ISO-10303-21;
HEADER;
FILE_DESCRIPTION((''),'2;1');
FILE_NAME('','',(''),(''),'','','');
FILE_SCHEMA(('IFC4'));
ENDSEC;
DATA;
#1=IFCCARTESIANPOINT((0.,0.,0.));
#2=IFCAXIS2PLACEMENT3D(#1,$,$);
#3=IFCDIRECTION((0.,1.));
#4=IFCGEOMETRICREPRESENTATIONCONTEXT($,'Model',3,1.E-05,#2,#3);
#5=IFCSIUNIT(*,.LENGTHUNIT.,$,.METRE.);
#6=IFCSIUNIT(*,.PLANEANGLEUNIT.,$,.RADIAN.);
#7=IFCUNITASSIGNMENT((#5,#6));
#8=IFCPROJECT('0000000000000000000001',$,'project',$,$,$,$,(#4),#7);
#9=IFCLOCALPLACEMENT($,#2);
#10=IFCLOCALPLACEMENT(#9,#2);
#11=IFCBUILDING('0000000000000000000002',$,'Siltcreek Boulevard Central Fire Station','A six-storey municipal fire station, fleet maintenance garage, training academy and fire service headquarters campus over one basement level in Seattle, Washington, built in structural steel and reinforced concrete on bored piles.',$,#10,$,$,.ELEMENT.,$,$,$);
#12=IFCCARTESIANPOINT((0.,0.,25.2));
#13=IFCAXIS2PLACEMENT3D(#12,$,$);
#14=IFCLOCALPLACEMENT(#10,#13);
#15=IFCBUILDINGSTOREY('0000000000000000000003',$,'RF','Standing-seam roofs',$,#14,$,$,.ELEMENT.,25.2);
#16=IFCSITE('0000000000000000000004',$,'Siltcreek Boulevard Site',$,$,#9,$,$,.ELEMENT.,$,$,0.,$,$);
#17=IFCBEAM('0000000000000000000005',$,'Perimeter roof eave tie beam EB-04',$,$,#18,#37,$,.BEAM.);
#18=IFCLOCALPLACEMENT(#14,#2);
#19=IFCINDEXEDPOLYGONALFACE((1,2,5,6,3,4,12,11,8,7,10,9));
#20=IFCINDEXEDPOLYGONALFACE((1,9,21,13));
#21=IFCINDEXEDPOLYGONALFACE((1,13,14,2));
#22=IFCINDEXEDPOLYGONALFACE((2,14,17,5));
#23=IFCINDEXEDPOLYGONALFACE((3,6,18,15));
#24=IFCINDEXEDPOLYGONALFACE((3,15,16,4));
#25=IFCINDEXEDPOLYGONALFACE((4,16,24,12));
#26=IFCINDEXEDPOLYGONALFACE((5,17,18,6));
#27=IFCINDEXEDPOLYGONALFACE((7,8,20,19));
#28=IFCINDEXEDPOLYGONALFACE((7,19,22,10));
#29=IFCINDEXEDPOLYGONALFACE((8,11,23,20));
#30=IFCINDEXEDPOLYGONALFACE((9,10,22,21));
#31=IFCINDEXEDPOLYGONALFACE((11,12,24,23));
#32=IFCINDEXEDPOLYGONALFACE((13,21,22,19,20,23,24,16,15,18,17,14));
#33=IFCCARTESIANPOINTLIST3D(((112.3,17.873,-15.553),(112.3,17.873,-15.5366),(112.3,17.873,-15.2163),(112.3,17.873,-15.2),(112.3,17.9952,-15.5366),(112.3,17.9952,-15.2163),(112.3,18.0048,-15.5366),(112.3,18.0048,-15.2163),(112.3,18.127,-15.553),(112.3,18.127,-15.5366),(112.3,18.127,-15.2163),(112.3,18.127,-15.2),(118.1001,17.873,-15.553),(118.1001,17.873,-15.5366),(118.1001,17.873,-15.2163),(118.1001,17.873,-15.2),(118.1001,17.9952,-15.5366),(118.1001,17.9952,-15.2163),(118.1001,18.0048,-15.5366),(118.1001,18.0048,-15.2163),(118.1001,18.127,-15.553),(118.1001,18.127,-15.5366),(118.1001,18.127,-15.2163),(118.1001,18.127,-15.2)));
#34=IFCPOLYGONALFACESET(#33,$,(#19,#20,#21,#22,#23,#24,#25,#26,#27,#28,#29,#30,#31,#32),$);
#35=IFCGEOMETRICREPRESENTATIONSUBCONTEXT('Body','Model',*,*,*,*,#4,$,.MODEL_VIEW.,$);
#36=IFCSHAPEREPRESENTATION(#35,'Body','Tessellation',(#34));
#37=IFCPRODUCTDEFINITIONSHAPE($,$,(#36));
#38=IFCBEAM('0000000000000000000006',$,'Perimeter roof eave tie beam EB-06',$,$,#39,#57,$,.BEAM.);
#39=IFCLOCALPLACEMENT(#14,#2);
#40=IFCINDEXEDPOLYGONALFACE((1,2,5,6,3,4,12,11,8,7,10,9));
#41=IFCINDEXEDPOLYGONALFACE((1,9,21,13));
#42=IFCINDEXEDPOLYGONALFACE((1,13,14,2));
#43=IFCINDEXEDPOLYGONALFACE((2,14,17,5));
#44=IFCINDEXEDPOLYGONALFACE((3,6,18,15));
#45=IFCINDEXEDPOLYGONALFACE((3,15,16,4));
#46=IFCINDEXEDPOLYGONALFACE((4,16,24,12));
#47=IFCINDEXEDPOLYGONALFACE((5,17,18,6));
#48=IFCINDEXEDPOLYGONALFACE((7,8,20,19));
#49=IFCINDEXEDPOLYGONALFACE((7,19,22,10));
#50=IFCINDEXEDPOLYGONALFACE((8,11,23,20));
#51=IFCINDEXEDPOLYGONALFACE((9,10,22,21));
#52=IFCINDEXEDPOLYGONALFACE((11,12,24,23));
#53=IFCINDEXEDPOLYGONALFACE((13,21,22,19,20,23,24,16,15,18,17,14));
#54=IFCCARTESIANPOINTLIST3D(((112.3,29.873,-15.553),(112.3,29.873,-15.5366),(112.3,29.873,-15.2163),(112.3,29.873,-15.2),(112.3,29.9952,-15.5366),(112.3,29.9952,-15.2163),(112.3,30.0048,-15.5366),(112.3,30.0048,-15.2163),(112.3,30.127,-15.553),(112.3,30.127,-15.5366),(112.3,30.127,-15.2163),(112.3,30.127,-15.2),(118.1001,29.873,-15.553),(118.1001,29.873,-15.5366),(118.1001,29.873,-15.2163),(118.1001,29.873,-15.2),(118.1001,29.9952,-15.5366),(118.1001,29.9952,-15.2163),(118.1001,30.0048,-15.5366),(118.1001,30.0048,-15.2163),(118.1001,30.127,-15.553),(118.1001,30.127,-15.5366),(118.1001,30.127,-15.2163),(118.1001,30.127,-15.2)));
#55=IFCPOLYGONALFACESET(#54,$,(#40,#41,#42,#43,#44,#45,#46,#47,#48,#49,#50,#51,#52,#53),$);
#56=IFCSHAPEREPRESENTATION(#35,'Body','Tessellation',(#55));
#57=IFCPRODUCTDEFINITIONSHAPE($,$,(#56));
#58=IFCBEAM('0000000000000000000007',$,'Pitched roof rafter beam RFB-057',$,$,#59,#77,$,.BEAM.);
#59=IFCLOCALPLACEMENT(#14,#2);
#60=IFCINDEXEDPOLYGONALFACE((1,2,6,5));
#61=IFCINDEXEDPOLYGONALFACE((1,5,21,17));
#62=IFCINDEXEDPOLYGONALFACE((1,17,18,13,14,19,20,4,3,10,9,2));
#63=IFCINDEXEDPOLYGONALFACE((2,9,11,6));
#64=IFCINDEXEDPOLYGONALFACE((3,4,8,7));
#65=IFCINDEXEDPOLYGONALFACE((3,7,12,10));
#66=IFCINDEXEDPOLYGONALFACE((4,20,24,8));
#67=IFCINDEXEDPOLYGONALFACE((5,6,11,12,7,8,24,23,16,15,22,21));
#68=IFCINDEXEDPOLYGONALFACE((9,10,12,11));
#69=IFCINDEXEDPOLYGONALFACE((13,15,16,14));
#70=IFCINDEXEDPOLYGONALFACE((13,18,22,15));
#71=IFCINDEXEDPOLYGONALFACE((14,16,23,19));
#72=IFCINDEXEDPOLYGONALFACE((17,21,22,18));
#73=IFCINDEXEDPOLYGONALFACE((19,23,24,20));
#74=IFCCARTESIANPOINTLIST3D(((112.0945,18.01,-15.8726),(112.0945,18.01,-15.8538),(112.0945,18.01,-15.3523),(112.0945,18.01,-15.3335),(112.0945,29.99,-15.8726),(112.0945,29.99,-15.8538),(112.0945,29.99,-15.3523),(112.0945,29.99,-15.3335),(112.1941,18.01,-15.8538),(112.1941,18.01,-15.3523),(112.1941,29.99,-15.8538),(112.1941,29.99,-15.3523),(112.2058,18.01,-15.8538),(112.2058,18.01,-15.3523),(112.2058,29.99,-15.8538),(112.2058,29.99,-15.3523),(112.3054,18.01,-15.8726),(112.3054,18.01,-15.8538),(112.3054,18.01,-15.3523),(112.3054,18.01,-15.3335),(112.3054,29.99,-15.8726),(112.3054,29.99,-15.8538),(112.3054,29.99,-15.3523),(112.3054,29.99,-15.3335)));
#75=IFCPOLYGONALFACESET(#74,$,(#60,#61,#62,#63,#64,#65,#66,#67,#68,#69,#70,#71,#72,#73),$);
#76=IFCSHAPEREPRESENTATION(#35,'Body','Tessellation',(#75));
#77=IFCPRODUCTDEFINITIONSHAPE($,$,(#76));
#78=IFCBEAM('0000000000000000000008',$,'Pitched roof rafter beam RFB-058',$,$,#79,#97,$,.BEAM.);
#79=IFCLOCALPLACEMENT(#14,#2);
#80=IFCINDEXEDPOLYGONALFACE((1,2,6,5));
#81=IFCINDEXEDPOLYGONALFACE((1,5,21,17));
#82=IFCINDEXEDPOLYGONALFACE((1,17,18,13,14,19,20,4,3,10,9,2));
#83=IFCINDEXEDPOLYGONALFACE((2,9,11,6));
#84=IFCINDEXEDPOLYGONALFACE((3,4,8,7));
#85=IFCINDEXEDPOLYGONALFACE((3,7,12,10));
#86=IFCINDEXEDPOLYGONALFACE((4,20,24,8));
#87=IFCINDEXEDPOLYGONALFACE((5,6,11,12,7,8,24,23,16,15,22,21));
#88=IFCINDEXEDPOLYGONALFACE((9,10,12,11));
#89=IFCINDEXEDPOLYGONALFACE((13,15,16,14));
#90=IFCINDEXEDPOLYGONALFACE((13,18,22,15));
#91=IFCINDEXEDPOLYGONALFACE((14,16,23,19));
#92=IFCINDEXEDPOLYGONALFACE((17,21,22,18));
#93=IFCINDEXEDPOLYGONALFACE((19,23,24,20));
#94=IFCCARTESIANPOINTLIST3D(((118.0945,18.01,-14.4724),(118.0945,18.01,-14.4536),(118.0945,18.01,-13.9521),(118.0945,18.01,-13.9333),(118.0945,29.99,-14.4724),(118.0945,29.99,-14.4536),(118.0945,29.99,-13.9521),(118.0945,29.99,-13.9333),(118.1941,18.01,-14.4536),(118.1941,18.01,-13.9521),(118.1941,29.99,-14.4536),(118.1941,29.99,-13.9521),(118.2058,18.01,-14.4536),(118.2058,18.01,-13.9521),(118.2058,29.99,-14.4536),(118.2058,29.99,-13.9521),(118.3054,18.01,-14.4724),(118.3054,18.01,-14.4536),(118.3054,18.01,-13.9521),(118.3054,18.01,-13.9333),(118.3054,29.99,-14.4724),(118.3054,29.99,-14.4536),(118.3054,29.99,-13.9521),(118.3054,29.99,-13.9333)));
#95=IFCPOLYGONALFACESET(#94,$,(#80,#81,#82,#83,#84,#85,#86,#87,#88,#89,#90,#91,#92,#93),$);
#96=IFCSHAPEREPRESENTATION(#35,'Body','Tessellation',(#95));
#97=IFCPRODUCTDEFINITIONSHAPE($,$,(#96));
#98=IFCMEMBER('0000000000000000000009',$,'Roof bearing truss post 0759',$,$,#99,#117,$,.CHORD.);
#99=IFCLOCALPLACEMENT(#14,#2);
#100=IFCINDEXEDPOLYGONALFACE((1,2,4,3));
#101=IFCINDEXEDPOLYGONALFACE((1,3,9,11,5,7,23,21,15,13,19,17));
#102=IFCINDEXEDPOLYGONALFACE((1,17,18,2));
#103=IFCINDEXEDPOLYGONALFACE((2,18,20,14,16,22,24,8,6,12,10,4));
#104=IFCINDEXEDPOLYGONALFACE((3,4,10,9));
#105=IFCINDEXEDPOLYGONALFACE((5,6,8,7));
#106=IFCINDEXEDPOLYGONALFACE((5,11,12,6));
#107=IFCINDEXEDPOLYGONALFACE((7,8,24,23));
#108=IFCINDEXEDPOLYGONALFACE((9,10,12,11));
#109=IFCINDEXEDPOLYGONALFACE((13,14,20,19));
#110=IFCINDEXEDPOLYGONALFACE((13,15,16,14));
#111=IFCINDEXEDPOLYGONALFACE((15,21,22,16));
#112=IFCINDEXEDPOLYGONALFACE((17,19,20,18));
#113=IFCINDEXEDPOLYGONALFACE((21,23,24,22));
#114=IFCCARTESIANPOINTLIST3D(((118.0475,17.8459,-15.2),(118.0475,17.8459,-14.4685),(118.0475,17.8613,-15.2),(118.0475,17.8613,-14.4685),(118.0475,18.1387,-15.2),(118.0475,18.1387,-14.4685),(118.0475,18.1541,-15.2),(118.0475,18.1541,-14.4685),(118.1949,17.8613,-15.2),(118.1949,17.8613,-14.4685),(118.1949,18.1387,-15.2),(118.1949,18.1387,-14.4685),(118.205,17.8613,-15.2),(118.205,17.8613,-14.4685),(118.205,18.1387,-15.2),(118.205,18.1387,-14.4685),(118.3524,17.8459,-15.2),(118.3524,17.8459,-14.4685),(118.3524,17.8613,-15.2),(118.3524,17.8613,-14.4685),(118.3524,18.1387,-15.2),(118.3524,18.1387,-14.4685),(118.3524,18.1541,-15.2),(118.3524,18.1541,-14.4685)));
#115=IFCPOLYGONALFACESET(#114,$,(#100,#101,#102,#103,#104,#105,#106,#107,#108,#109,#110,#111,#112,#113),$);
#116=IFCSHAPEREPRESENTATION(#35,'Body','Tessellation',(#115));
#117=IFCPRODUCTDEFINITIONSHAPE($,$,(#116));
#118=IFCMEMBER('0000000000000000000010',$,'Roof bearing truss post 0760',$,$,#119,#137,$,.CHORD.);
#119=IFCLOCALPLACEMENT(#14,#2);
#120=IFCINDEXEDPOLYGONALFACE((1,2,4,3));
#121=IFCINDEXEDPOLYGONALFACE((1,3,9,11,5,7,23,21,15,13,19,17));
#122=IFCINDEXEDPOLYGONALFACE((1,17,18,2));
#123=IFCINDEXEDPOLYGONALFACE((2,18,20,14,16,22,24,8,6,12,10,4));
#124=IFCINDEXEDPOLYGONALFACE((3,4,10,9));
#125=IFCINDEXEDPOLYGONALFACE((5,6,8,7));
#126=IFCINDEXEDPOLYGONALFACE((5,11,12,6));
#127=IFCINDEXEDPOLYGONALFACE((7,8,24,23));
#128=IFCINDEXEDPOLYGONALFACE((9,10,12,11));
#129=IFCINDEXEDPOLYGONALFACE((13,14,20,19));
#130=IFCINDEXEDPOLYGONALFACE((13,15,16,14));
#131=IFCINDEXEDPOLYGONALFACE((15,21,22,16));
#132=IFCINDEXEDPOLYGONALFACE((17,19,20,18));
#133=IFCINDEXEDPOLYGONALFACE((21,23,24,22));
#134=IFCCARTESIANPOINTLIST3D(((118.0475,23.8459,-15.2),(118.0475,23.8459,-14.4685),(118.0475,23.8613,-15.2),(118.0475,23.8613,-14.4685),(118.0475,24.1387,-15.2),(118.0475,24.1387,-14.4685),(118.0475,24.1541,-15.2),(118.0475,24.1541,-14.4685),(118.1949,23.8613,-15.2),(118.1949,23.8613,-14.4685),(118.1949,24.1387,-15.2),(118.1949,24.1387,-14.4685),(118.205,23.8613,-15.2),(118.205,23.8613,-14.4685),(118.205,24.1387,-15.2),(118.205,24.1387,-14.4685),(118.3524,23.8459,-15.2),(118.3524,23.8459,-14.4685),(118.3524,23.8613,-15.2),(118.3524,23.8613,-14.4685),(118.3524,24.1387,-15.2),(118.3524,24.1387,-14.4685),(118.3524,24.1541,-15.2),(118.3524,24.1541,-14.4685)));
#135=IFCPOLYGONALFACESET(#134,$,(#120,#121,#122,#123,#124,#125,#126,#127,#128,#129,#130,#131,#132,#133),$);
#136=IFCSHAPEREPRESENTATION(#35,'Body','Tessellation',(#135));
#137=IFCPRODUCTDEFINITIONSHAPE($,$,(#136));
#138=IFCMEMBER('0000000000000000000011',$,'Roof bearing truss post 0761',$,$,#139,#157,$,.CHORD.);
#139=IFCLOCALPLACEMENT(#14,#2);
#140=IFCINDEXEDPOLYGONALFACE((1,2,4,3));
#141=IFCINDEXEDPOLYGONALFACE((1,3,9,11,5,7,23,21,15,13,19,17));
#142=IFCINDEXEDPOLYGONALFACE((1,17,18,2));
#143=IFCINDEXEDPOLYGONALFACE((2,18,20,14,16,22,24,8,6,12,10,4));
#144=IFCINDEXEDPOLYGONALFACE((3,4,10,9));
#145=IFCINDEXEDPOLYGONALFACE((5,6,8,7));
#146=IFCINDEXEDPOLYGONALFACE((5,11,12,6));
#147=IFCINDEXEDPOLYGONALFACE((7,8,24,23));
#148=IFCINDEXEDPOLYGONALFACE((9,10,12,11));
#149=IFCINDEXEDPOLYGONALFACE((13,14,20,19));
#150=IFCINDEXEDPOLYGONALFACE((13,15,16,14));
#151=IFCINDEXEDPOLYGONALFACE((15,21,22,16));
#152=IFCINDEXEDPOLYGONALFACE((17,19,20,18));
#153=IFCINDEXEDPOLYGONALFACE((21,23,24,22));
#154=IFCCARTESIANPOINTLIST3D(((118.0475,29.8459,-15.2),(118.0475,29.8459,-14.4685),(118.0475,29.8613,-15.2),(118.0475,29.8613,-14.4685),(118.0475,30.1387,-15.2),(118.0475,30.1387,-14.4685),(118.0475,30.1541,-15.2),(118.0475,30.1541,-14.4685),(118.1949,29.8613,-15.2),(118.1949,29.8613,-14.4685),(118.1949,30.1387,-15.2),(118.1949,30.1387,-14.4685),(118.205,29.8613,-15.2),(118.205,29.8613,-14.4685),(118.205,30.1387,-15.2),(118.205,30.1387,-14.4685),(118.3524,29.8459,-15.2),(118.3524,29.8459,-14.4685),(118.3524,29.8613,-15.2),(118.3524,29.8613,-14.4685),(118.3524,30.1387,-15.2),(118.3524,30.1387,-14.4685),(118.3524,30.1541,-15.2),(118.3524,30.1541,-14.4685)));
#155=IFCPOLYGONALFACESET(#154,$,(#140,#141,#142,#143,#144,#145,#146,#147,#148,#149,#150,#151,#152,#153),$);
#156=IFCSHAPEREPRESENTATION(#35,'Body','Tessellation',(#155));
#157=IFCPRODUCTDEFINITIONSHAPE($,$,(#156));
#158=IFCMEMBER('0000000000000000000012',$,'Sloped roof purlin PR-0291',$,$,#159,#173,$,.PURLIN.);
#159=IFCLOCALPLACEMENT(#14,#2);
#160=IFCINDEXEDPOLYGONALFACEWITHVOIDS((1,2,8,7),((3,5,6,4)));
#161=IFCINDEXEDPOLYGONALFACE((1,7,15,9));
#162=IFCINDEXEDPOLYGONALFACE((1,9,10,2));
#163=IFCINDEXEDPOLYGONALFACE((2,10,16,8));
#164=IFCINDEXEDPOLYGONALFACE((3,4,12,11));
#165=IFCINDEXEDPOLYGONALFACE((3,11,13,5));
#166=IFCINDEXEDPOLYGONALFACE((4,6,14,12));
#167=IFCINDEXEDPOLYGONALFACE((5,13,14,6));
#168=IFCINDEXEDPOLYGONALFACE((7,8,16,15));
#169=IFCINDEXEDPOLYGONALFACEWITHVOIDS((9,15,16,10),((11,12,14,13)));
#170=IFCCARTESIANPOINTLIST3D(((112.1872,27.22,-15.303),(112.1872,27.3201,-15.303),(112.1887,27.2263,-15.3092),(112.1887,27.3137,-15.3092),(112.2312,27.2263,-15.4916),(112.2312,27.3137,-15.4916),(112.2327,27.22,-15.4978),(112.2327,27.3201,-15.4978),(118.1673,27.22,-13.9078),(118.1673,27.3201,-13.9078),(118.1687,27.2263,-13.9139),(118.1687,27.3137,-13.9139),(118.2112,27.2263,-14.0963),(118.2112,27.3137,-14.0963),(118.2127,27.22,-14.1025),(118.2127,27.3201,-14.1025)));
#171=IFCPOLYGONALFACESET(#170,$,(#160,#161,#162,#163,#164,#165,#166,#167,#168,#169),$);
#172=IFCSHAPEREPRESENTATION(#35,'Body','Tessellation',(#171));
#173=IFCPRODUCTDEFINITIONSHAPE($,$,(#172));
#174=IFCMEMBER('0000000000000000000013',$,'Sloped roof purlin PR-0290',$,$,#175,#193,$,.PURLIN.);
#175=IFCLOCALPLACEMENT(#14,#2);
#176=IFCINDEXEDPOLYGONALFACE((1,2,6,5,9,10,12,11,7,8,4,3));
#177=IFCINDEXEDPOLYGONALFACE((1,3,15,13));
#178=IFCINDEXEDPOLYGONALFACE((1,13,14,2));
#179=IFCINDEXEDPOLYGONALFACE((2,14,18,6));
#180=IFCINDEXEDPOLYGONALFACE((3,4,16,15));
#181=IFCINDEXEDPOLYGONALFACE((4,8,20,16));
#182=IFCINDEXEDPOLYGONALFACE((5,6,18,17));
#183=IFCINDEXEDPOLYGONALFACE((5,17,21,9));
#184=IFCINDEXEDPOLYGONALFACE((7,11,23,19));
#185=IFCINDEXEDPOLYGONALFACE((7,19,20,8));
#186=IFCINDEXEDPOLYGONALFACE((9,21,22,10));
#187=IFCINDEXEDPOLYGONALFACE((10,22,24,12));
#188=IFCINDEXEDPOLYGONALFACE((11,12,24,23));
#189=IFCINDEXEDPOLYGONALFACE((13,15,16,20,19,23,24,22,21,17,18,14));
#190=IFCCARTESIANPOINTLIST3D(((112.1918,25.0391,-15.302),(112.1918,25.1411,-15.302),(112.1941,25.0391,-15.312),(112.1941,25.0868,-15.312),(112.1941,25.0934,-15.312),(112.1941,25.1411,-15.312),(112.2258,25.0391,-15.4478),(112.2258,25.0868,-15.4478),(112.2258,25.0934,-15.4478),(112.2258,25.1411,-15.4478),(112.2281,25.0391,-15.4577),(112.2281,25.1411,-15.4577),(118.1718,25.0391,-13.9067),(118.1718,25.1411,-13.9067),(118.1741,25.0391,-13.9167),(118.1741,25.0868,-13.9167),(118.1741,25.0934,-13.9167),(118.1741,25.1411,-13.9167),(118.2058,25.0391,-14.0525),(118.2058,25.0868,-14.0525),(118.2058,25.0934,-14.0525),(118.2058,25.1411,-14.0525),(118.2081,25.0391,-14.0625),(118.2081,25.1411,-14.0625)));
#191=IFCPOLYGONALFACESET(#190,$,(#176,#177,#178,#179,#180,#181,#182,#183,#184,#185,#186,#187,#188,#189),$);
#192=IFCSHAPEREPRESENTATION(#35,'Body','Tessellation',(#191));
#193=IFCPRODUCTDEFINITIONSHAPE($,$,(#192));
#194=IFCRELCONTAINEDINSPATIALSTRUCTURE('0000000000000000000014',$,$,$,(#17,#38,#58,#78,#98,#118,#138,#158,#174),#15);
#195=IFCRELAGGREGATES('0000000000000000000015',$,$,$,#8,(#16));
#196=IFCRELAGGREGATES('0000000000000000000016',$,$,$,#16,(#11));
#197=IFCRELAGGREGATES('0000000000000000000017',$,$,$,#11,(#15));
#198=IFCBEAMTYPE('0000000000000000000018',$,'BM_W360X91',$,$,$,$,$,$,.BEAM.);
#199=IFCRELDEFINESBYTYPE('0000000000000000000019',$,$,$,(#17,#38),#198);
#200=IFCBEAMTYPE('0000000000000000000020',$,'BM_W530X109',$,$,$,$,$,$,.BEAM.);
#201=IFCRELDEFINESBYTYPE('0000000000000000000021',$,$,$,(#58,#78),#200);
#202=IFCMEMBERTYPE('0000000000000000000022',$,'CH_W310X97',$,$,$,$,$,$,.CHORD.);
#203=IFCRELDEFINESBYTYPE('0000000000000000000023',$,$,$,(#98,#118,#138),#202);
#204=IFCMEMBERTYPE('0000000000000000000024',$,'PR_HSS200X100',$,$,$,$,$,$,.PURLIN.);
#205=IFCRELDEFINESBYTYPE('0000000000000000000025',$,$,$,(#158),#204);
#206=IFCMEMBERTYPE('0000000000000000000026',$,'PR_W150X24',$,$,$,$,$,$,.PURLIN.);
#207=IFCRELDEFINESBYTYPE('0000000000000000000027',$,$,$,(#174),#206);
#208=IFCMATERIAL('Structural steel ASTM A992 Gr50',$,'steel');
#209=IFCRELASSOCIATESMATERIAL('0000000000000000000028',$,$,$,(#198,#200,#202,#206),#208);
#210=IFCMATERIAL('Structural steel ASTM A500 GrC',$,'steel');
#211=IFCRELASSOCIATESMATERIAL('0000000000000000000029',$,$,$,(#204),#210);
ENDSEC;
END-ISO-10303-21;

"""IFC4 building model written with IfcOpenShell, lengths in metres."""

from ifc_helpers import new_model, si_unit, direction, frame, origin, origin_2d, place, context, subcontext, project, spatial, hollow_rectangle, i_section, extrude, material, material_profile, profile_set, type_object, element, save


model = new_model("IFC4")

# Units and contexts
model_context = context("Model", 3, precision=1e-05, world=origin(), true_north=direction((0.0, 1.0)))
body_context = subcontext(model_context, "Body", "Model", "MODEL_VIEW")
ifc_project = project(units=[si_unit("LENGTHUNIT", "METRE"), si_unit("PLANEANGLEUNIT", "RADIAN")], contexts=[model_context])

# Site, building, storey
site_placement = place(None, origin())
site = spatial("IfcSite", under=ifc_project, at=site_placement, Name="Siltcreek Boulevard Site", CompositionType="ELEMENT", RefElevation=0.0)
building_placement = place(site_placement, origin())
building = spatial("IfcBuilding", under=site, at=building_placement, Name="Siltcreek Boulevard Central Fire Station", Description="A six-storey municipal fire station, fleet maintenance garage, training academy and fire service headquarters campus over one basement level in Seattle, Washington, built in structural steel and reinforced concrete on bored piles.", CompositionType="ELEMENT")
storey_placement = place(building_placement, frame((0.0, 0.0, 25.2)))
storey = spatial("IfcBuildingStorey", under=building, at=storey_placement, Name="RF", Description="Standing-seam roofs", CompositionType="ELEMENT", Elevation=25.2)

# Beams
ifc_material_1 = material(Name="Structural steel ASTM A992 Gr50", Category="steel")
ifc_material_profile_1 = material_profile(ifc_material_1, i_section(OverallWidth=0.2539, OverallDepth=0.353, WebThickness=0.0095, FlangeThickness=0.0164, at=origin_2d()), Name="W360X91")
ifc_profile_set_1 = profile_set([ifc_material_profile_1], Name="Structural steel ASTM A992 Gr50")
beam_type_1 = type_object("IfcBeamType", Name="BM_W360X91", PredefinedType="BEAM", material=ifc_profile_set_1)
for number, where, z_axis, x_axis, name in (
    (1, (112.3, 18.0, -15.3765), (1.0, 0.0, 0.0), (0.0, 1.0, 0.0), "Perimeter roof eave tie beam EB-04"),
    (2, (112.3, 30.0, -15.3765), (1.0, 0.0, 0.0), (0.0, 1.0, 0.0), "Perimeter roof eave tie beam EB-06"),
):
    element("IfcBeam", number, at=place(storey_placement, frame(where, z_axis=z_axis, x_axis=x_axis)), inside=storey, type_object=beam_type_1, Name=name, PredefinedType="BEAM", context=body_context, shape_type="SweptSolid", body=[
        extrude(i_section(OverallWidth=0.2539, OverallDepth=0.353, WebThickness=0.0095, FlangeThickness=0.0164, at=origin_2d()), origin(), (0.0, 0.0, 1.0), 5.8),
    ])
ifc_material_profile_2 = material_profile(ifc_material_1, i_section(OverallWidth=0.2109, OverallDepth=0.5391, WebThickness=0.0117, FlangeThickness=0.0188, at=origin_2d()), Name="W530X109")
ifc_profile_set_2 = profile_set([ifc_material_profile_2], Name="Structural steel ASTM A992 Gr50")
beam_type_2 = type_object("IfcBeamType", Name="BM_W530X109", PredefinedType="BEAM", material=ifc_profile_set_2)
for number, where, z_axis, x_axis, name in (
    (3, (112.2, 18.01, -15.603), (0.0, 1.0, 0.0), (-1.0, 0.0, 0.0), "Pitched roof rafter beam RFB-057"),
    (4, (118.2, 18.01, -14.2029), (0.0, 1.0, 0.0), (-1.0, 0.0, 0.0), "Pitched roof rafter beam RFB-058"),
):
    element("IfcBeam", number, at=place(storey_placement, frame(where, z_axis=z_axis, x_axis=x_axis)), inside=storey, type_object=beam_type_2, Name=name, PredefinedType="BEAM", context=body_context, shape_type="SweptSolid", body=[
        extrude(i_section(OverallWidth=0.2109, OverallDepth=0.5391, WebThickness=0.0117, FlangeThickness=0.0188, at=origin_2d()), origin(), (0.0, 0.0, 1.0), 11.98),
    ])

# Members
ifc_material_profile_3 = material_profile(ifc_material_1, i_section(OverallWidth=0.3049, OverallDepth=0.3081, WebThickness=0.01, FlangeThickness=0.0154, at=origin_2d()), Name="W310X97")
ifc_profile_set_3 = profile_set([ifc_material_profile_3], Name="Structural steel ASTM A992 Gr50")
member_type_1 = type_object("IfcMemberType", Name="CH_W310X97", PredefinedType="CHORD", material=ifc_profile_set_3)
for number, where, z_axis, x_axis, name in (
    (5, (118.2, 18.0, -15.2), (0.0, 0.0, 1.0), (1.0, 0.0, 0.0), "Roof bearing truss post 0759"),
    (6, (118.2, 24.0, -15.2), (0.0, 0.0, 1.0), (1.0, 0.0, 0.0), "Roof bearing truss post 0760"),
    (7, (118.2, 30.0, -15.2), (0.0, 0.0, 1.0), (1.0, 0.0, 0.0), "Roof bearing truss post 0761"),
):
    element("IfcMember", number, at=place(storey_placement, frame(where, z_axis=z_axis, x_axis=x_axis)), inside=storey, type_object=member_type_1, Name=name, PredefinedType="CHORD", context=body_context, shape_type="SweptSolid", body=[
        extrude(i_section(OverallWidth=0.3049, OverallDepth=0.3081, WebThickness=0.01, FlangeThickness=0.0154, at=origin_2d()), origin(), (0.0, 0.0, 1.0), 0.7314),
    ])
ifc_material_2 = material(Name="Structural steel ASTM A500 GrC", Category="steel")
ifc_material_profile_4 = material_profile(ifc_material_2, hollow_rectangle(XDim=0.1001, YDim=0.2, WallThickness=0.0063, at=origin_2d()), Name="HSS200X100X6.4")
ifc_profile_set_4 = profile_set([ifc_material_profile_4], Name="Structural steel ASTM A500 GrC")
member_type_2 = type_object("IfcMemberType", Name="PR_HSS200X100", PredefinedType="PURLIN", material=ifc_profile_set_4)
member_1_placement = place(storey_placement, frame((112.21, 27.27, -15.4004), z_axis=(0.973844, 0.0, 0.22722), x_axis=(0.0, 1.0, 0.0)))
element("IfcMember", 8, at=member_1_placement, inside=storey, type_object=member_type_2, Name="Sloped roof purlin PR-0291", PredefinedType="PURLIN", context=body_context, shape_type="SweptSolid", body=[
    extrude(hollow_rectangle(XDim=0.1001, YDim=0.2, WallThickness=0.0063, at=origin_2d()), origin(), (0.0, 0.0, 1.0), 6.1406),
])
ifc_material_profile_5 = material_profile(ifc_material_1, i_section(OverallWidth=0.1021, OverallDepth=0.1599, WebThickness=0.0066, FlangeThickness=0.0103, at=origin_2d()), Name="W150X24")
ifc_profile_set_5 = profile_set([ifc_material_profile_5], Name="Structural steel ASTM A992 Gr50")
member_type_3 = type_object("IfcMemberType", Name="PR_W150X24", PredefinedType="PURLIN", material=ifc_profile_set_5)
member_2_placement = place(storey_placement, frame((112.21, 25.0901, -15.3799), z_axis=(0.973844, 0.0, 0.22722), x_axis=(0.0, 1.0, 0.0)))
element("IfcMember", 9, at=member_2_placement, inside=storey, type_object=member_type_3, Name="Sloped roof purlin PR-0290", PredefinedType="PURLIN", context=body_context, shape_type="SweptSolid", body=[
    extrude(i_section(OverallWidth=0.1021, OverallDepth=0.1599, WebThickness=0.0066, FlangeThickness=0.0103, at=origin_2d()), origin(), (0.0, 0.0, 1.0), 6.1406),
])

save(model, "model.ifc")
